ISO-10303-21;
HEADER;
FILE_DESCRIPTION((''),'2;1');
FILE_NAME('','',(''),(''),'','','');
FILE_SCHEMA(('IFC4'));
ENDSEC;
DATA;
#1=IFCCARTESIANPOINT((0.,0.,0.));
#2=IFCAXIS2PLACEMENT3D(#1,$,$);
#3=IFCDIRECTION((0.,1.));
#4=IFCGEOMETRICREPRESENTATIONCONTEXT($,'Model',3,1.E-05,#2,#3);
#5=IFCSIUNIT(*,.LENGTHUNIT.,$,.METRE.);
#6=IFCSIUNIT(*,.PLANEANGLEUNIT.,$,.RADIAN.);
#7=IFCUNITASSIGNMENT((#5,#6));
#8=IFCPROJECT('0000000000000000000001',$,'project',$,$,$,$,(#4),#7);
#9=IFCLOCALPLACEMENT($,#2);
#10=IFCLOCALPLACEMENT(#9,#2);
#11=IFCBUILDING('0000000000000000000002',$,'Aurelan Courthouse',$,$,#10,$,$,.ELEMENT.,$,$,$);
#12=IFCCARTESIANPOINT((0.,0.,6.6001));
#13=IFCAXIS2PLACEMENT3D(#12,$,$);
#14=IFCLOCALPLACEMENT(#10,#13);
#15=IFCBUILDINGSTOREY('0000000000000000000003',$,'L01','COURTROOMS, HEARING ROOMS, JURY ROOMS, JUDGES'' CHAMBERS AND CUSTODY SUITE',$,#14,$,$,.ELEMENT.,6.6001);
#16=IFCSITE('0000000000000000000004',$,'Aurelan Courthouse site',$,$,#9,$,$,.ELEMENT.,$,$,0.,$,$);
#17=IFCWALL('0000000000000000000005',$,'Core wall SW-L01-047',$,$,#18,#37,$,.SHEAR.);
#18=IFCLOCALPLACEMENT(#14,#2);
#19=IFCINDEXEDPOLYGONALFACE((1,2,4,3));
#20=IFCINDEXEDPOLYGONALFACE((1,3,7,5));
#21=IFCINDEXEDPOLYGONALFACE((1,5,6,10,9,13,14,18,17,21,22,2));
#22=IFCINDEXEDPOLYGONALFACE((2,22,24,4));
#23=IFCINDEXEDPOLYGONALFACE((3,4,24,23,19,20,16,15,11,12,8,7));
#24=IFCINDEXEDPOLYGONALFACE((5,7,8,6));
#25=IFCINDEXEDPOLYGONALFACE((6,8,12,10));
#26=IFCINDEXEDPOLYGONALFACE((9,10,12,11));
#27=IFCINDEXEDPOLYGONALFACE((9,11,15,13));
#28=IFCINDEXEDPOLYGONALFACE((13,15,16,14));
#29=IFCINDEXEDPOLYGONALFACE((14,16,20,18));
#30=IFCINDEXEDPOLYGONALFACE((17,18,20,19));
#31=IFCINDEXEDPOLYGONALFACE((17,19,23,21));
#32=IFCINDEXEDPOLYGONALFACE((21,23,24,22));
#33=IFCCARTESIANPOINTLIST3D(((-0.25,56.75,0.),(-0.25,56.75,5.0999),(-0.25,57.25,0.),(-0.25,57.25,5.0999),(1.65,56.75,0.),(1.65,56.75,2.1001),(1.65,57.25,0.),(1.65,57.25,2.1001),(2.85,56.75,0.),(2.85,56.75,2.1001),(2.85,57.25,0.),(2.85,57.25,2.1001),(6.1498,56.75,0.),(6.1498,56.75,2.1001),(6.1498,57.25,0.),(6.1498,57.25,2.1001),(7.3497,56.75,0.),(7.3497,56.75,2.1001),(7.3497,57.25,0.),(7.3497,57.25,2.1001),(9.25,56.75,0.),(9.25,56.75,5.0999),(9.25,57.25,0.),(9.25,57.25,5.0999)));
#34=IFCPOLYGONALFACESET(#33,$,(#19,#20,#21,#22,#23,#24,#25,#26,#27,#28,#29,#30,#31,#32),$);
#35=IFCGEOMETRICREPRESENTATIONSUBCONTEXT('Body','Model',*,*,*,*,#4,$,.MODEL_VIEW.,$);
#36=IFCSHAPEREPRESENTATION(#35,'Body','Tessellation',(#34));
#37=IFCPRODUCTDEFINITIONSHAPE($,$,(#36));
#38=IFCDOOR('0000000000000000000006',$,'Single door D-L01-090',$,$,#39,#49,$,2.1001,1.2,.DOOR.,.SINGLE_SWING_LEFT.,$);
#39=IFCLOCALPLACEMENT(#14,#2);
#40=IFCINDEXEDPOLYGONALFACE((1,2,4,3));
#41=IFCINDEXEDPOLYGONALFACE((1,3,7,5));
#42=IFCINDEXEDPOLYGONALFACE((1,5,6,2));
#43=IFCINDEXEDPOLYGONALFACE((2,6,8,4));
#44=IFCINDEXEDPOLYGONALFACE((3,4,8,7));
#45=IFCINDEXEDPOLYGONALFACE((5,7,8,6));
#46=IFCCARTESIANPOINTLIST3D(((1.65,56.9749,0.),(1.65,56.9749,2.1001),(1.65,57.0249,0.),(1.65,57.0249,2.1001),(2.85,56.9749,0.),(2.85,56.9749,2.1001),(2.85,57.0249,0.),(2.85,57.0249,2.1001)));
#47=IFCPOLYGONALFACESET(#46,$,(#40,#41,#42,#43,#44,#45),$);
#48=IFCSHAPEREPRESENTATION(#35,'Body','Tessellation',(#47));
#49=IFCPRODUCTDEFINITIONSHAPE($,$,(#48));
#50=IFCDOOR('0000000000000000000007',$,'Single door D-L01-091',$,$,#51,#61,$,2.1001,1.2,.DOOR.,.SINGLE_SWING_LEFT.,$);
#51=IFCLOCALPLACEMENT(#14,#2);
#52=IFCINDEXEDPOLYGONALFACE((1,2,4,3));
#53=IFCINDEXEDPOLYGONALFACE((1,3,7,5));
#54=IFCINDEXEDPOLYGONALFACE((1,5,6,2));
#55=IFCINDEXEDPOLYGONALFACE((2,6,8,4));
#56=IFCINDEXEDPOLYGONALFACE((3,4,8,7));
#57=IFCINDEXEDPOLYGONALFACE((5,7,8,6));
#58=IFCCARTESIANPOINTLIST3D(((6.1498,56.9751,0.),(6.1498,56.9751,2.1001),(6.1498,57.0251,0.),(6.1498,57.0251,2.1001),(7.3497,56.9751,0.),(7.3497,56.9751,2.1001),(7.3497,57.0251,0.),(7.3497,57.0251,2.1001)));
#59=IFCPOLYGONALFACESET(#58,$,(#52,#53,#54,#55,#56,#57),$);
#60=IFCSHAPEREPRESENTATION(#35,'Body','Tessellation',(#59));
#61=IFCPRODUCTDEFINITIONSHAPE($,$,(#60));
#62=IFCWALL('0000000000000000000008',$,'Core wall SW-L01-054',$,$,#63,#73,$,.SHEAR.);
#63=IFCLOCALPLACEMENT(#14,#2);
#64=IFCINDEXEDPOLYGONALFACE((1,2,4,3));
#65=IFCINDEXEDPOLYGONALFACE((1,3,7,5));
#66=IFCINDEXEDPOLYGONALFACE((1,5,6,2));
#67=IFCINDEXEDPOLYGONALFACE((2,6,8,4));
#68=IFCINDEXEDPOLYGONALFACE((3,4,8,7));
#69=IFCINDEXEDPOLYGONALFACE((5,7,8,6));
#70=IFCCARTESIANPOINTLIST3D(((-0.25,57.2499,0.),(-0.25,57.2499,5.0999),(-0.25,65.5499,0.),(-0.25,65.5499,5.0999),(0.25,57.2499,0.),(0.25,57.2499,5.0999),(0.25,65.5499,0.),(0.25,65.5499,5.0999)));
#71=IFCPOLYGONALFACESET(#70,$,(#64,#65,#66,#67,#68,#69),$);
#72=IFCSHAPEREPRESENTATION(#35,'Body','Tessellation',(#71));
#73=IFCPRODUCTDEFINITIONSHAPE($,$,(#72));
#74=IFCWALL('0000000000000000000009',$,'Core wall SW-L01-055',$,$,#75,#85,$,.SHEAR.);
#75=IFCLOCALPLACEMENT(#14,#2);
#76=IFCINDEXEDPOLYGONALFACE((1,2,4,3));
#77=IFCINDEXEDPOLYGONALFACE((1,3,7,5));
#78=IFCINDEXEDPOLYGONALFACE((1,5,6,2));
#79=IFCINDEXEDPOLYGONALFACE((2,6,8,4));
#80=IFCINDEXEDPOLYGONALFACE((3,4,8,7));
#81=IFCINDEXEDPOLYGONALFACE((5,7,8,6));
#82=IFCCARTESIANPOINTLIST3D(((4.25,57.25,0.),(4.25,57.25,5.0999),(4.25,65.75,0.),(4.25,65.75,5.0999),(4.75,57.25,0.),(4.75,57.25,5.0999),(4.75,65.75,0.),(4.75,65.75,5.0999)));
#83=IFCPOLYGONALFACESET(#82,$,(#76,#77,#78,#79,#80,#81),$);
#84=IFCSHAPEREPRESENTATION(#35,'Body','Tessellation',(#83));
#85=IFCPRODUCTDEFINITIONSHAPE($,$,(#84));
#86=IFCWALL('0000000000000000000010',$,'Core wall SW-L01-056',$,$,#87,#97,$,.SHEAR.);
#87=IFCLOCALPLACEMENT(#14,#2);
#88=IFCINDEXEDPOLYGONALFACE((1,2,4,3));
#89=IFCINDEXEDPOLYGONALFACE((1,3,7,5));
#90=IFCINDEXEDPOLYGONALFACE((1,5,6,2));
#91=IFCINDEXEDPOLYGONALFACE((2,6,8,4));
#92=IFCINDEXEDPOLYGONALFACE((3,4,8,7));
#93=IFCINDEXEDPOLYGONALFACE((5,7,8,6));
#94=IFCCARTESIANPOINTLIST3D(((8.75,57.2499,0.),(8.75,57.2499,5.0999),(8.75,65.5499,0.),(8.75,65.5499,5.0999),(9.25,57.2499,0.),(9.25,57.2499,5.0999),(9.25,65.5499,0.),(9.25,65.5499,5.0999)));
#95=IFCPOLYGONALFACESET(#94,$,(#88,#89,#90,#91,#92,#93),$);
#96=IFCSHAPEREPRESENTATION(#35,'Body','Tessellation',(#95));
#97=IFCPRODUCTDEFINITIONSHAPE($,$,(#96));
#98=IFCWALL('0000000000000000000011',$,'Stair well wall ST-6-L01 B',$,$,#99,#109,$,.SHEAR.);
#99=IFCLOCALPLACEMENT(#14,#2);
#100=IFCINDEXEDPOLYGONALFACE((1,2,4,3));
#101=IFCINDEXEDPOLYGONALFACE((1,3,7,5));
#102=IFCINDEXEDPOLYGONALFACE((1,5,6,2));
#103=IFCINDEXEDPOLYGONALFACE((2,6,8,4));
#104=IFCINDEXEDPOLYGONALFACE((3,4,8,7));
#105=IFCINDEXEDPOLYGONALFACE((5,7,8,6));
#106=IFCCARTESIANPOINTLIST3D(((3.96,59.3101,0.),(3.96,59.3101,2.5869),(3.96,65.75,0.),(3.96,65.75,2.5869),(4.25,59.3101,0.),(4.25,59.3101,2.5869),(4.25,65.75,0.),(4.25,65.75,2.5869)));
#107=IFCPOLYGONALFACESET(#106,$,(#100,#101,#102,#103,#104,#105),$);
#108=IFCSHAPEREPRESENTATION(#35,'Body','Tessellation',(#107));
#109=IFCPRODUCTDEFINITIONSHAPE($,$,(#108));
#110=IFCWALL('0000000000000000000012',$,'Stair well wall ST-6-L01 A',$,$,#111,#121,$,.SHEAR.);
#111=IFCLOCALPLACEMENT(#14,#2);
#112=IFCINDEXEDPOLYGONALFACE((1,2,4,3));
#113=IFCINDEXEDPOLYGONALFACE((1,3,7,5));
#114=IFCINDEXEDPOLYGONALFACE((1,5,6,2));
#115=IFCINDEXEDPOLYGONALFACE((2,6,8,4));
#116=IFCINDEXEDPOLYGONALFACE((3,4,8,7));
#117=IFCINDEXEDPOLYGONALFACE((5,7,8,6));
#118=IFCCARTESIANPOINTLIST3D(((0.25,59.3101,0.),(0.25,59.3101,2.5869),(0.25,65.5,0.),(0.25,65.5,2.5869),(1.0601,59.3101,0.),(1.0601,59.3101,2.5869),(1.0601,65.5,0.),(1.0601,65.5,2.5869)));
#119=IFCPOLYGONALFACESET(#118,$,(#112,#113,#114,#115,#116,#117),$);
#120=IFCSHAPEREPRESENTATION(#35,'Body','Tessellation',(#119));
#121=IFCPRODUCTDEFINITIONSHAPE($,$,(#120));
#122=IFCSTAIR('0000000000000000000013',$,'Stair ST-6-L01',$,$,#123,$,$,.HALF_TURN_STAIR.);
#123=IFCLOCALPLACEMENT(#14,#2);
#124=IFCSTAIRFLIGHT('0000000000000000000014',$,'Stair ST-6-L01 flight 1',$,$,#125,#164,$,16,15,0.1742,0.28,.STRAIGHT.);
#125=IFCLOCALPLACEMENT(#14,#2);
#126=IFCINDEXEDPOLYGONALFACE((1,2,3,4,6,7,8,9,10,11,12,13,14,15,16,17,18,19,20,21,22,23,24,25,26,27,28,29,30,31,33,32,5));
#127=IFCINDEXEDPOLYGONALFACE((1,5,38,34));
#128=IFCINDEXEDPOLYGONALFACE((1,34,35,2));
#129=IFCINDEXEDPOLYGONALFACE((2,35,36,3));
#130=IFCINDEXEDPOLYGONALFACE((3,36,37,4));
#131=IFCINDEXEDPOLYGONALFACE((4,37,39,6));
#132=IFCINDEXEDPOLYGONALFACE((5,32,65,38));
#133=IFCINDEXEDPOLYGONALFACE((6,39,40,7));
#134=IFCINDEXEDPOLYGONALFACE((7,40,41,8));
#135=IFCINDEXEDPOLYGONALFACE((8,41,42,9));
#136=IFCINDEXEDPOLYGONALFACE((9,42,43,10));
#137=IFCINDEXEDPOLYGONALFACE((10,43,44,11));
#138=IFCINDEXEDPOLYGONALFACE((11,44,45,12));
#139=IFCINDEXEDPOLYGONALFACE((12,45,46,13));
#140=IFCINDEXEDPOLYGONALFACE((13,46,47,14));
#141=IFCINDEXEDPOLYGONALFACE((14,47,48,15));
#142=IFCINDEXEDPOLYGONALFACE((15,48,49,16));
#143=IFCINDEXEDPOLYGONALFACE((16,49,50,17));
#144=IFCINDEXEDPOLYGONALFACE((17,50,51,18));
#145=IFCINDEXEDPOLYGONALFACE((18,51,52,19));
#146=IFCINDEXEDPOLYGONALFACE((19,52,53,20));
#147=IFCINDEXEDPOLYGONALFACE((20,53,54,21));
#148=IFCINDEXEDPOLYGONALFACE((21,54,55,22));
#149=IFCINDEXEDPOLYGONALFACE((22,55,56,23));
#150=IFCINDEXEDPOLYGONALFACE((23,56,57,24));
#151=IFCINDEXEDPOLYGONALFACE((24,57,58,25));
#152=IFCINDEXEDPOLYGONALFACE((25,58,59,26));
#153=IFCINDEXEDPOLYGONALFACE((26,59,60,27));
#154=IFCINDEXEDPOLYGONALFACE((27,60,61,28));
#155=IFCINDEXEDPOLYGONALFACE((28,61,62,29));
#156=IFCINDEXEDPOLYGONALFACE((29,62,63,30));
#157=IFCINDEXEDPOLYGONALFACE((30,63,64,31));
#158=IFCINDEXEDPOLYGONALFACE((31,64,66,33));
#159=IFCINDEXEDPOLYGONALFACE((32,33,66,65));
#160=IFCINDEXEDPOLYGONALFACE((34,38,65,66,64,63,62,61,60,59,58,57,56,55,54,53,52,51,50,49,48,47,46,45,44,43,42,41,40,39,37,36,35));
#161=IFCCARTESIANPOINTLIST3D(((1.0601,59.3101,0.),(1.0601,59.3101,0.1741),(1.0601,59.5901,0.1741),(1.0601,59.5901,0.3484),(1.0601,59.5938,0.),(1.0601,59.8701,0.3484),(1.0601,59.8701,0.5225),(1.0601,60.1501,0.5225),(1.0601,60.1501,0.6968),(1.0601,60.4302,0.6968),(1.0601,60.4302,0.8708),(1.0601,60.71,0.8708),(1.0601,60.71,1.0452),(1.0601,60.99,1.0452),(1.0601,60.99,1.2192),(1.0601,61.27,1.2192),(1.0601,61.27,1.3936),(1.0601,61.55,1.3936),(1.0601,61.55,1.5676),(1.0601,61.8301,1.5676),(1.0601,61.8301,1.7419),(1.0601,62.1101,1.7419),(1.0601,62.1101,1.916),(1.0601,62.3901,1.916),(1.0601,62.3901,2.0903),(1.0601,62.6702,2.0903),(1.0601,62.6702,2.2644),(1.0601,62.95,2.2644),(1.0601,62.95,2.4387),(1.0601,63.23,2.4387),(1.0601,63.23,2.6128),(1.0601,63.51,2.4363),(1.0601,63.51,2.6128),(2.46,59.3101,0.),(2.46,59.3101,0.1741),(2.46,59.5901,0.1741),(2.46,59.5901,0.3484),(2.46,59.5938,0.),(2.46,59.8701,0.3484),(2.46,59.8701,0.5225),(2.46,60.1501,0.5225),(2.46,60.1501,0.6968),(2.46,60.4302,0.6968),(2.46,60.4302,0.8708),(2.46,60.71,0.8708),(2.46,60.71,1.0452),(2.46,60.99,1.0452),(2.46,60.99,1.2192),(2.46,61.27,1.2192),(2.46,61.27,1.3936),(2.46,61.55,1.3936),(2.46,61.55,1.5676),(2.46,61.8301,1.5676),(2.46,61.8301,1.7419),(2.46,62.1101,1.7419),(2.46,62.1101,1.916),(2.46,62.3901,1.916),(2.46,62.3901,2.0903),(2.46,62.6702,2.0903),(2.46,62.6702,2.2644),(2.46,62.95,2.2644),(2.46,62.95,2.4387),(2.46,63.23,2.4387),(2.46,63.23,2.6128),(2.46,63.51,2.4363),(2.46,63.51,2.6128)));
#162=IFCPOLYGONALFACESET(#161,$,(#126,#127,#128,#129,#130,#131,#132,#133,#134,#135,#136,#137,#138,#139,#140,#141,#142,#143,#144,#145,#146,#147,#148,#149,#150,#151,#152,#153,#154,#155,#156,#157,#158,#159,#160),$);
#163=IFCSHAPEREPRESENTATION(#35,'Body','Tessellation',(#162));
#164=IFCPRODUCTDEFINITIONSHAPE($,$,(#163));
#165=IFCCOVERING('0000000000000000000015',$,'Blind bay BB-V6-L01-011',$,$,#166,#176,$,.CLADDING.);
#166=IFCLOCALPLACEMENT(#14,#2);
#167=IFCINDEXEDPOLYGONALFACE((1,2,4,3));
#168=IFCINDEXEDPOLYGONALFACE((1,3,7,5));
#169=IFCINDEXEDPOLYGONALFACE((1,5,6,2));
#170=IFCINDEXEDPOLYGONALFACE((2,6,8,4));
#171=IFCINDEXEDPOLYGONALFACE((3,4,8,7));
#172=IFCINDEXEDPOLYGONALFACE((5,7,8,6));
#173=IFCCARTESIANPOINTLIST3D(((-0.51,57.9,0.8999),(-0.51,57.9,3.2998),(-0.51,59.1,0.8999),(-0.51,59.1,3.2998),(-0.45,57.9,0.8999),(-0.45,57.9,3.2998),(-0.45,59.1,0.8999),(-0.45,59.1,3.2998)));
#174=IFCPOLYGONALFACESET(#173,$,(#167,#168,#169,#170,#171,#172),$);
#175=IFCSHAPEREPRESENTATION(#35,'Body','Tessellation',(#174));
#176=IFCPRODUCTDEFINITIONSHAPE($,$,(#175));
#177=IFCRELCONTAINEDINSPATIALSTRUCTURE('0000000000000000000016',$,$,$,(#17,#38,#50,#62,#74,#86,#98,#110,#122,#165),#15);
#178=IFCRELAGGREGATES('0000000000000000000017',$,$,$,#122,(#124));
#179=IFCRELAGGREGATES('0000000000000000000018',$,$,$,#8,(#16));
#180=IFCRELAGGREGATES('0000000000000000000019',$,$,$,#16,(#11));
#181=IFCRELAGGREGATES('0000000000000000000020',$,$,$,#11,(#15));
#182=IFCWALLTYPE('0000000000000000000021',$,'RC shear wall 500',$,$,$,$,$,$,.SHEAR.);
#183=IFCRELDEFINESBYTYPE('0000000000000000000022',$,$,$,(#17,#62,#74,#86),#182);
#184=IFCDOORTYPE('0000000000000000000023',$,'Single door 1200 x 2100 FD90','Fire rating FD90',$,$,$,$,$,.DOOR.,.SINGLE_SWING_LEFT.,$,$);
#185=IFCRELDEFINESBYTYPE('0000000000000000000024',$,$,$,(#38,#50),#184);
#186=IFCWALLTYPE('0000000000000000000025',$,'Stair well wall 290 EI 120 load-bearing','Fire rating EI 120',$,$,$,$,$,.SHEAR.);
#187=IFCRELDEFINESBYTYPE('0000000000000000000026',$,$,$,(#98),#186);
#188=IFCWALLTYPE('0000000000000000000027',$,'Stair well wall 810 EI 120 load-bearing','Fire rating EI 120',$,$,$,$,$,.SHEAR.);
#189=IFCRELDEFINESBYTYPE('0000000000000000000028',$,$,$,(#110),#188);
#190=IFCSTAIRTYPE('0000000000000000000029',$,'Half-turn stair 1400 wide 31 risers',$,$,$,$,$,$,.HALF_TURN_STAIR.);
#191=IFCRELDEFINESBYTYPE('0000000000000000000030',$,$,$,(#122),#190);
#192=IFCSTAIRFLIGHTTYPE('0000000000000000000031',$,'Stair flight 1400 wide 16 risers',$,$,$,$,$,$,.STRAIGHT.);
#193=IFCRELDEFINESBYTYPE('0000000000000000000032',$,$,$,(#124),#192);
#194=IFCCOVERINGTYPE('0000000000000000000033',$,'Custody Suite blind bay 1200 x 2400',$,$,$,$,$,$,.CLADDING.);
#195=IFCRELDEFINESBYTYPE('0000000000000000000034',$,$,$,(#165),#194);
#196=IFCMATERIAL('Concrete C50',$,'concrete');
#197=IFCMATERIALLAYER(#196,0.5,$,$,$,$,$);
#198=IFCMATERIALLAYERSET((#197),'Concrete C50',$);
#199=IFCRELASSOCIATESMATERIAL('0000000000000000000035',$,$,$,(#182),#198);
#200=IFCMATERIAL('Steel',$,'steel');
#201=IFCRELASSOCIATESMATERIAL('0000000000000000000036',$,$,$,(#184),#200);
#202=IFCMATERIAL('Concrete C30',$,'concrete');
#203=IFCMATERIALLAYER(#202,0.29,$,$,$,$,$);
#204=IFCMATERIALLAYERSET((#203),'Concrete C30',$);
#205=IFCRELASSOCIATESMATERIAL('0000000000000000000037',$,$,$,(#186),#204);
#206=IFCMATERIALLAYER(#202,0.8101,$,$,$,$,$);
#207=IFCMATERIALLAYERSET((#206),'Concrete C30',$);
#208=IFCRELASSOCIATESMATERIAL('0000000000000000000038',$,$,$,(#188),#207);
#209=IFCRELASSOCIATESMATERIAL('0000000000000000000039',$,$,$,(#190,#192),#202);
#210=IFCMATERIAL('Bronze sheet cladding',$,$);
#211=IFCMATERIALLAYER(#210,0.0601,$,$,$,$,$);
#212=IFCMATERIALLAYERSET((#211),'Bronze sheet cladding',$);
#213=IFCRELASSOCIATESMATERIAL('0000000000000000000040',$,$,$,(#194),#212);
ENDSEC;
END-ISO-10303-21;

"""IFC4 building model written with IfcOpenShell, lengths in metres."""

from ifc_helpers import new_model, si_unit, direction, frame, frame_2d, origin, origin_2d, place, context, subcontext, project, spatial, polyline, rectangle, outline, extrude, material, layer, layer_set, type_object, element, fill, aggregate, save


model = new_model("IFC4")

# Units and contexts
model_context = context("Model", 3, precision=1e-05, world=origin(), true_north=direction((0.0, 1.0)))
body_context = subcontext(model_context, "Body", "Model", "MODEL_VIEW")
ifc_project = project(units=[si_unit("LENGTHUNIT", "METRE"), si_unit("PLANEANGLEUNIT", "RADIAN")], contexts=[model_context])

# Site, building, storey
site_placement = place(None, origin())
site = spatial("IfcSite", under=ifc_project, at=site_placement, Name="Aurelan Courthouse site", CompositionType="ELEMENT", RefElevation=0.0)
building_placement = place(site_placement, origin())
building = spatial("IfcBuilding", under=site, at=building_placement, Name="Aurelan Courthouse", CompositionType="ELEMENT")
storey_placement = place(building_placement, frame((0.0, 0.0, 6.6001)))
storey = spatial("IfcBuildingStorey", under=building, at=storey_placement, Name="L01", Description="COURTROOMS, HEARING ROOMS, JURY ROOMS, JUDGES' CHAMBERS AND CUSTODY SUITE", CompositionType="ELEMENT", Elevation=6.6001)

# Shared definitions
ifc_material_1 = material(Name="Concrete C50", Category="concrete")

# Shared definitions
ifc_material_2 = material(Name="Concrete C30", Category="concrete")

# Shared definitions
ifc_material_3 = material(Name="Steel", Category="steel")

# Wall, openings, doors
ifc_layer_1 = layer(ifc_material_1, 0.5)
ifc_layer_set_1 = layer_set([ifc_layer_1], Name="Concrete C50")
wall_type_1 = type_object("IfcWallType", Name="RC shear wall 500", PredefinedType="SHEAR", material=ifc_layer_set_1)
wall_1_placement = place(storey_placement, frame((-0.25, 57.0, 0.0), z_axis=(0.0, 0.0, 1.0), x_axis=(1.0, 0.0, 0.0)))
wall_1 = element("IfcWall", 1, at=wall_1_placement, inside=storey, type_object=wall_type_1, Name="Core wall SW-L01-047", PredefinedType="SHEAR", context=body_context, shape_type="SweptSolid", body=[
    extrude(rectangle(XDim=9.5, YDim=0.5, at=frame_2d((4.75, 0.0))), origin(), (0.0, 0.0, 1.0), 5.0999),
])
opening_1_placement = place(wall_1_placement, frame((1.8999, 0.0, 0.0)))
opening_1 = element("IfcOpeningElement", 2, at=opening_1_placement, cuts=wall_1, PredefinedType="OPENING", context=body_context, shape_type="SweptSolid", body=[
    extrude(rectangle(XDim=1.2, YDim=2.1001, at=frame_2d((0.6001, 1.05))), frame((0.0, 0.26, 0.0), z_axis=(0.0, -1.0, 0.0), x_axis=(1.0, 0.0, 0.0)), (0.0, 0.0, 1.0), 0.52),
])
opening_2_placement = place(wall_1_placement, frame((7.5999, 0.0, 0.0), z_axis=(0.0, 0.0, 1.0), x_axis=(-1.0, 0.0, 0.0)))
opening_2 = element("IfcOpeningElement", 3, at=opening_2_placement, cuts=wall_1, PredefinedType="OPENING", context=body_context, shape_type="SweptSolid", body=[
    extrude(rectangle(XDim=1.2, YDim=2.1001, at=frame_2d((0.6001, 1.05))), frame((0.0, 0.26, 0.0), z_axis=(0.0, -1.0, 0.0), x_axis=(1.0, 0.0, 0.0)), (0.0, 0.0, 1.0), 0.52),
])
door_type_1 = type_object("IfcDoorType", Name="Single door 1200 x 2100 FD90", Description="Fire rating FD90", OperationType="SINGLE_SWING_LEFT", PredefinedType="DOOR", material=ifc_material_3)
door_1_placement = place(opening_1_placement, origin())
door_1 = element("IfcDoor", 4, at=door_1_placement, inside=storey, type_object=door_type_1, Name="Single door D-L01-090", OperationType="SINGLE_SWING_LEFT", OverallHeight=2.1001, OverallWidth=1.2, PredefinedType="DOOR", context=body_context, shape_type="SweptSolid", body=[
    extrude(rectangle(XDim=1.2, YDim=2.1001, at=frame_2d((0.6001, 1.05))), frame((0.0, 0.0249, 0.0), z_axis=(0.0, -1.0, 0.0), x_axis=(1.0, 0.0, 0.0)), (0.0, 0.0, 1.0), 0.05),
])
fill(opening_1, door_1)
door_2_placement = place(opening_2_placement, origin())
door_2 = element("IfcDoor", 5, at=door_2_placement, inside=storey, type_object=door_type_1, Name="Single door D-L01-091", OperationType="SINGLE_SWING_LEFT", OverallHeight=2.1001, OverallWidth=1.2, PredefinedType="DOOR", context=body_context, shape_type="SweptSolid", body=[
    extrude(rectangle(XDim=1.2, YDim=2.1001, at=frame_2d((0.6001, 1.05))), frame((0.0, 0.0249, 0.0), z_axis=(0.0, -1.0, 0.0), x_axis=(1.0, 0.0, 0.0)), (0.0, 0.0, 1.0), 0.05),
])
fill(opening_2, door_2)

# Walls
wall_2_placement = place(storey_placement, frame((0.0, 57.25, 0.0), z_axis=(0.0, 0.0, 1.0), x_axis=(0.0, 1.0, 0.0)))
element("IfcWall", 6, at=wall_2_placement, inside=storey, type_object=wall_type_1, Name="Core wall SW-L01-054", PredefinedType="SHEAR", context=body_context, shape_type="SweptSolid", body=[
    extrude(rectangle(XDim=8.3, YDim=0.5, at=frame_2d((4.1499, 0.0))), origin(), (0.0, 0.0, 1.0), 5.0999),
])
wall_3_placement = place(storey_placement, frame((4.5, 57.25, 0.0), z_axis=(0.0, 0.0, 1.0), x_axis=(0.0, 1.0, 0.0)))
element("IfcWall", 7, at=wall_3_placement, inside=storey, type_object=wall_type_1, Name="Core wall SW-L01-055", PredefinedType="SHEAR", context=body_context, shape_type="SweptSolid", body=[
    extrude(rectangle(XDim=8.5, YDim=0.5, at=frame_2d((4.25, 0.0))), origin(), (0.0, 0.0, 1.0), 5.0999),
])
wall_4_placement = place(storey_placement, frame((9.0, 57.25, 0.0), z_axis=(0.0, 0.0, 1.0), x_axis=(0.0, 1.0, 0.0)))
element("IfcWall", 8, at=wall_4_placement, inside=storey, type_object=wall_type_1, Name="Core wall SW-L01-056", PredefinedType="SHEAR", context=body_context, shape_type="SweptSolid", body=[
    extrude(rectangle(XDim=8.3, YDim=0.5, at=frame_2d((4.1499, 0.0))), origin(), (0.0, 0.0, 1.0), 5.0999),
])
ifc_layer_2 = layer(ifc_material_2, 0.29)
ifc_layer_set_2 = layer_set([ifc_layer_2], Name="Concrete C30")
wall_type_2 = type_object("IfcWallType", Name="Stair well wall 290 EI 120 load-bearing", Description="Fire rating EI 120", PredefinedType="SHEAR", material=ifc_layer_set_2)
wall_5_placement = place(storey_placement, frame((4.105, 59.3101, 0.0), z_axis=(0.0, 0.0, 1.0), x_axis=(0.0, 1.0, 0.0)))
element("IfcWall", 9, at=wall_5_placement, inside=storey, type_object=wall_type_2, Name="Stair well wall ST-6-L01 B", PredefinedType="SHEAR", context=body_context, shape_type="SweptSolid", body=[
    extrude(rectangle(XDim=6.4399, YDim=0.29, at=frame_2d((3.22, 0.0))), origin(), (0.0, 0.0, 1.0), 2.5869),
])
ifc_layer_3 = layer(ifc_material_2, 0.8101)
ifc_layer_set_3 = layer_set([ifc_layer_3], Name="Concrete C30")
wall_type_3 = type_object("IfcWallType", Name="Stair well wall 810 EI 120 load-bearing", Description="Fire rating EI 120", PredefinedType="SHEAR", material=ifc_layer_set_3)
wall_6_placement = place(storey_placement, frame((0.655, 59.3101, 0.0), z_axis=(0.0, 0.0, 1.0), x_axis=(0.0, 1.0, 0.0)))
element("IfcWall", 10, at=wall_6_placement, inside=storey, type_object=wall_type_3, Name="Stair well wall ST-6-L01 A", PredefinedType="SHEAR", context=body_context, shape_type="SweptSolid", body=[
    extrude(rectangle(XDim=6.1899, YDim=0.8101, at=frame_2d((3.095, 0.0))), origin(), (0.0, 0.0, 1.0), 2.5869),
])

# Stair, stair flight
stair_type = type_object("IfcStairType", Name="Half-turn stair 1400 wide 31 risers", PredefinedType="HALF_TURN_STAIR", material=ifc_material_2)
stair_placement = place(storey_placement, origin())
stair = element("IfcStair", 11, at=stair_placement, inside=storey, type_object=stair_type, Name="Stair ST-6-L01", PredefinedType="HALF_TURN_STAIR")
stair_flight_type = type_object("IfcStairFlightType", Name="Stair flight 1400 wide 16 risers", PredefinedType="STRAIGHT", material=ifc_material_2)
stair_flight_placement = place(storey_placement, frame((1.76, 59.3101, 0.0), z_axis=(0.0, 0.0, 1.0), x_axis=(0.0, 1.0, 0.0)))
stair_flight = element("IfcStairFlight", 12, at=stair_flight_placement, type_object=stair_flight_type, Name="Stair ST-6-L01 flight 1", NumberOfRisers=16, NumberOfTreads=15, PredefinedType="STRAIGHT", RiserHeight=0.1742, TreadLength=0.28, context=body_context, shape_type="SweptSolid", body=[
    extrude(outline(polyline([(0.0, 0.0), (0.0, 0.1741), (0.28, 0.1741), (0.28, 0.3484), (0.5601, 0.3484), (0.5601, 0.5225), (0.8401, 0.5225), (0.8401, 0.6968), (1.1201, 0.6968), (1.1201, 0.8708), (1.3999, 0.8708), (1.3999, 1.0452), (1.6799, 1.0452), (1.6799, 1.2192), (1.96, 1.2192), (1.96, 1.3936), (2.24, 1.3936), (2.24, 1.5676), (2.52, 1.5676), (2.52, 1.7419), (2.8, 1.7419), (2.8, 1.916), (3.0801, 1.916), (3.0801, 2.0903), (3.3601, 2.0903), (3.3601, 2.2644), (3.6399, 2.2644), (3.6399, 2.4387), (3.9199, 2.4387), (3.9199, 2.6128), (4.2, 2.6128), (4.2, 2.7871), (4.2, 2.4363), (0.2837, 0.0), (0.0, 0.0)])), frame((0.0, 0.7, 0.0), z_axis=(0.0, -1.0, 0.0), x_axis=(1.0, 0.0, 0.0)), (0.0, 0.0, 1.0), 1.3999),
])
aggregate(stair, [stair_flight])

# Covering
ifc_material_4 = material(Name="Bronze sheet cladding")
ifc_layer_4 = layer(ifc_material_4, 0.0601)
ifc_layer_set_4 = layer_set([ifc_layer_4], Name="Bronze sheet cladding")
covering_type = type_object("IfcCoveringType", Name="Custody Suite blind bay 1200 x 2400", PredefinedType="CLADDING", material=ifc_layer_set_4)
covering_placement = place(storey_placement, frame((-0.48, 58.5, 0.8999), z_axis=(0.0, 0.0, 1.0), x_axis=(1.0, 0.0, 0.0)))
element("IfcCovering", 13, at=covering_placement, inside=storey, type_object=covering_type, Name="Blind bay BB-V6-L01-011", PredefinedType="CLADDING", context=body_context, shape_type="SweptSolid", body=[
    extrude(rectangle(XDim=0.0601, YDim=1.2, at=origin_2d()), origin(), (0.0, 0.0, 1.0), 2.3999),
])

save(model, "model.ifc")
